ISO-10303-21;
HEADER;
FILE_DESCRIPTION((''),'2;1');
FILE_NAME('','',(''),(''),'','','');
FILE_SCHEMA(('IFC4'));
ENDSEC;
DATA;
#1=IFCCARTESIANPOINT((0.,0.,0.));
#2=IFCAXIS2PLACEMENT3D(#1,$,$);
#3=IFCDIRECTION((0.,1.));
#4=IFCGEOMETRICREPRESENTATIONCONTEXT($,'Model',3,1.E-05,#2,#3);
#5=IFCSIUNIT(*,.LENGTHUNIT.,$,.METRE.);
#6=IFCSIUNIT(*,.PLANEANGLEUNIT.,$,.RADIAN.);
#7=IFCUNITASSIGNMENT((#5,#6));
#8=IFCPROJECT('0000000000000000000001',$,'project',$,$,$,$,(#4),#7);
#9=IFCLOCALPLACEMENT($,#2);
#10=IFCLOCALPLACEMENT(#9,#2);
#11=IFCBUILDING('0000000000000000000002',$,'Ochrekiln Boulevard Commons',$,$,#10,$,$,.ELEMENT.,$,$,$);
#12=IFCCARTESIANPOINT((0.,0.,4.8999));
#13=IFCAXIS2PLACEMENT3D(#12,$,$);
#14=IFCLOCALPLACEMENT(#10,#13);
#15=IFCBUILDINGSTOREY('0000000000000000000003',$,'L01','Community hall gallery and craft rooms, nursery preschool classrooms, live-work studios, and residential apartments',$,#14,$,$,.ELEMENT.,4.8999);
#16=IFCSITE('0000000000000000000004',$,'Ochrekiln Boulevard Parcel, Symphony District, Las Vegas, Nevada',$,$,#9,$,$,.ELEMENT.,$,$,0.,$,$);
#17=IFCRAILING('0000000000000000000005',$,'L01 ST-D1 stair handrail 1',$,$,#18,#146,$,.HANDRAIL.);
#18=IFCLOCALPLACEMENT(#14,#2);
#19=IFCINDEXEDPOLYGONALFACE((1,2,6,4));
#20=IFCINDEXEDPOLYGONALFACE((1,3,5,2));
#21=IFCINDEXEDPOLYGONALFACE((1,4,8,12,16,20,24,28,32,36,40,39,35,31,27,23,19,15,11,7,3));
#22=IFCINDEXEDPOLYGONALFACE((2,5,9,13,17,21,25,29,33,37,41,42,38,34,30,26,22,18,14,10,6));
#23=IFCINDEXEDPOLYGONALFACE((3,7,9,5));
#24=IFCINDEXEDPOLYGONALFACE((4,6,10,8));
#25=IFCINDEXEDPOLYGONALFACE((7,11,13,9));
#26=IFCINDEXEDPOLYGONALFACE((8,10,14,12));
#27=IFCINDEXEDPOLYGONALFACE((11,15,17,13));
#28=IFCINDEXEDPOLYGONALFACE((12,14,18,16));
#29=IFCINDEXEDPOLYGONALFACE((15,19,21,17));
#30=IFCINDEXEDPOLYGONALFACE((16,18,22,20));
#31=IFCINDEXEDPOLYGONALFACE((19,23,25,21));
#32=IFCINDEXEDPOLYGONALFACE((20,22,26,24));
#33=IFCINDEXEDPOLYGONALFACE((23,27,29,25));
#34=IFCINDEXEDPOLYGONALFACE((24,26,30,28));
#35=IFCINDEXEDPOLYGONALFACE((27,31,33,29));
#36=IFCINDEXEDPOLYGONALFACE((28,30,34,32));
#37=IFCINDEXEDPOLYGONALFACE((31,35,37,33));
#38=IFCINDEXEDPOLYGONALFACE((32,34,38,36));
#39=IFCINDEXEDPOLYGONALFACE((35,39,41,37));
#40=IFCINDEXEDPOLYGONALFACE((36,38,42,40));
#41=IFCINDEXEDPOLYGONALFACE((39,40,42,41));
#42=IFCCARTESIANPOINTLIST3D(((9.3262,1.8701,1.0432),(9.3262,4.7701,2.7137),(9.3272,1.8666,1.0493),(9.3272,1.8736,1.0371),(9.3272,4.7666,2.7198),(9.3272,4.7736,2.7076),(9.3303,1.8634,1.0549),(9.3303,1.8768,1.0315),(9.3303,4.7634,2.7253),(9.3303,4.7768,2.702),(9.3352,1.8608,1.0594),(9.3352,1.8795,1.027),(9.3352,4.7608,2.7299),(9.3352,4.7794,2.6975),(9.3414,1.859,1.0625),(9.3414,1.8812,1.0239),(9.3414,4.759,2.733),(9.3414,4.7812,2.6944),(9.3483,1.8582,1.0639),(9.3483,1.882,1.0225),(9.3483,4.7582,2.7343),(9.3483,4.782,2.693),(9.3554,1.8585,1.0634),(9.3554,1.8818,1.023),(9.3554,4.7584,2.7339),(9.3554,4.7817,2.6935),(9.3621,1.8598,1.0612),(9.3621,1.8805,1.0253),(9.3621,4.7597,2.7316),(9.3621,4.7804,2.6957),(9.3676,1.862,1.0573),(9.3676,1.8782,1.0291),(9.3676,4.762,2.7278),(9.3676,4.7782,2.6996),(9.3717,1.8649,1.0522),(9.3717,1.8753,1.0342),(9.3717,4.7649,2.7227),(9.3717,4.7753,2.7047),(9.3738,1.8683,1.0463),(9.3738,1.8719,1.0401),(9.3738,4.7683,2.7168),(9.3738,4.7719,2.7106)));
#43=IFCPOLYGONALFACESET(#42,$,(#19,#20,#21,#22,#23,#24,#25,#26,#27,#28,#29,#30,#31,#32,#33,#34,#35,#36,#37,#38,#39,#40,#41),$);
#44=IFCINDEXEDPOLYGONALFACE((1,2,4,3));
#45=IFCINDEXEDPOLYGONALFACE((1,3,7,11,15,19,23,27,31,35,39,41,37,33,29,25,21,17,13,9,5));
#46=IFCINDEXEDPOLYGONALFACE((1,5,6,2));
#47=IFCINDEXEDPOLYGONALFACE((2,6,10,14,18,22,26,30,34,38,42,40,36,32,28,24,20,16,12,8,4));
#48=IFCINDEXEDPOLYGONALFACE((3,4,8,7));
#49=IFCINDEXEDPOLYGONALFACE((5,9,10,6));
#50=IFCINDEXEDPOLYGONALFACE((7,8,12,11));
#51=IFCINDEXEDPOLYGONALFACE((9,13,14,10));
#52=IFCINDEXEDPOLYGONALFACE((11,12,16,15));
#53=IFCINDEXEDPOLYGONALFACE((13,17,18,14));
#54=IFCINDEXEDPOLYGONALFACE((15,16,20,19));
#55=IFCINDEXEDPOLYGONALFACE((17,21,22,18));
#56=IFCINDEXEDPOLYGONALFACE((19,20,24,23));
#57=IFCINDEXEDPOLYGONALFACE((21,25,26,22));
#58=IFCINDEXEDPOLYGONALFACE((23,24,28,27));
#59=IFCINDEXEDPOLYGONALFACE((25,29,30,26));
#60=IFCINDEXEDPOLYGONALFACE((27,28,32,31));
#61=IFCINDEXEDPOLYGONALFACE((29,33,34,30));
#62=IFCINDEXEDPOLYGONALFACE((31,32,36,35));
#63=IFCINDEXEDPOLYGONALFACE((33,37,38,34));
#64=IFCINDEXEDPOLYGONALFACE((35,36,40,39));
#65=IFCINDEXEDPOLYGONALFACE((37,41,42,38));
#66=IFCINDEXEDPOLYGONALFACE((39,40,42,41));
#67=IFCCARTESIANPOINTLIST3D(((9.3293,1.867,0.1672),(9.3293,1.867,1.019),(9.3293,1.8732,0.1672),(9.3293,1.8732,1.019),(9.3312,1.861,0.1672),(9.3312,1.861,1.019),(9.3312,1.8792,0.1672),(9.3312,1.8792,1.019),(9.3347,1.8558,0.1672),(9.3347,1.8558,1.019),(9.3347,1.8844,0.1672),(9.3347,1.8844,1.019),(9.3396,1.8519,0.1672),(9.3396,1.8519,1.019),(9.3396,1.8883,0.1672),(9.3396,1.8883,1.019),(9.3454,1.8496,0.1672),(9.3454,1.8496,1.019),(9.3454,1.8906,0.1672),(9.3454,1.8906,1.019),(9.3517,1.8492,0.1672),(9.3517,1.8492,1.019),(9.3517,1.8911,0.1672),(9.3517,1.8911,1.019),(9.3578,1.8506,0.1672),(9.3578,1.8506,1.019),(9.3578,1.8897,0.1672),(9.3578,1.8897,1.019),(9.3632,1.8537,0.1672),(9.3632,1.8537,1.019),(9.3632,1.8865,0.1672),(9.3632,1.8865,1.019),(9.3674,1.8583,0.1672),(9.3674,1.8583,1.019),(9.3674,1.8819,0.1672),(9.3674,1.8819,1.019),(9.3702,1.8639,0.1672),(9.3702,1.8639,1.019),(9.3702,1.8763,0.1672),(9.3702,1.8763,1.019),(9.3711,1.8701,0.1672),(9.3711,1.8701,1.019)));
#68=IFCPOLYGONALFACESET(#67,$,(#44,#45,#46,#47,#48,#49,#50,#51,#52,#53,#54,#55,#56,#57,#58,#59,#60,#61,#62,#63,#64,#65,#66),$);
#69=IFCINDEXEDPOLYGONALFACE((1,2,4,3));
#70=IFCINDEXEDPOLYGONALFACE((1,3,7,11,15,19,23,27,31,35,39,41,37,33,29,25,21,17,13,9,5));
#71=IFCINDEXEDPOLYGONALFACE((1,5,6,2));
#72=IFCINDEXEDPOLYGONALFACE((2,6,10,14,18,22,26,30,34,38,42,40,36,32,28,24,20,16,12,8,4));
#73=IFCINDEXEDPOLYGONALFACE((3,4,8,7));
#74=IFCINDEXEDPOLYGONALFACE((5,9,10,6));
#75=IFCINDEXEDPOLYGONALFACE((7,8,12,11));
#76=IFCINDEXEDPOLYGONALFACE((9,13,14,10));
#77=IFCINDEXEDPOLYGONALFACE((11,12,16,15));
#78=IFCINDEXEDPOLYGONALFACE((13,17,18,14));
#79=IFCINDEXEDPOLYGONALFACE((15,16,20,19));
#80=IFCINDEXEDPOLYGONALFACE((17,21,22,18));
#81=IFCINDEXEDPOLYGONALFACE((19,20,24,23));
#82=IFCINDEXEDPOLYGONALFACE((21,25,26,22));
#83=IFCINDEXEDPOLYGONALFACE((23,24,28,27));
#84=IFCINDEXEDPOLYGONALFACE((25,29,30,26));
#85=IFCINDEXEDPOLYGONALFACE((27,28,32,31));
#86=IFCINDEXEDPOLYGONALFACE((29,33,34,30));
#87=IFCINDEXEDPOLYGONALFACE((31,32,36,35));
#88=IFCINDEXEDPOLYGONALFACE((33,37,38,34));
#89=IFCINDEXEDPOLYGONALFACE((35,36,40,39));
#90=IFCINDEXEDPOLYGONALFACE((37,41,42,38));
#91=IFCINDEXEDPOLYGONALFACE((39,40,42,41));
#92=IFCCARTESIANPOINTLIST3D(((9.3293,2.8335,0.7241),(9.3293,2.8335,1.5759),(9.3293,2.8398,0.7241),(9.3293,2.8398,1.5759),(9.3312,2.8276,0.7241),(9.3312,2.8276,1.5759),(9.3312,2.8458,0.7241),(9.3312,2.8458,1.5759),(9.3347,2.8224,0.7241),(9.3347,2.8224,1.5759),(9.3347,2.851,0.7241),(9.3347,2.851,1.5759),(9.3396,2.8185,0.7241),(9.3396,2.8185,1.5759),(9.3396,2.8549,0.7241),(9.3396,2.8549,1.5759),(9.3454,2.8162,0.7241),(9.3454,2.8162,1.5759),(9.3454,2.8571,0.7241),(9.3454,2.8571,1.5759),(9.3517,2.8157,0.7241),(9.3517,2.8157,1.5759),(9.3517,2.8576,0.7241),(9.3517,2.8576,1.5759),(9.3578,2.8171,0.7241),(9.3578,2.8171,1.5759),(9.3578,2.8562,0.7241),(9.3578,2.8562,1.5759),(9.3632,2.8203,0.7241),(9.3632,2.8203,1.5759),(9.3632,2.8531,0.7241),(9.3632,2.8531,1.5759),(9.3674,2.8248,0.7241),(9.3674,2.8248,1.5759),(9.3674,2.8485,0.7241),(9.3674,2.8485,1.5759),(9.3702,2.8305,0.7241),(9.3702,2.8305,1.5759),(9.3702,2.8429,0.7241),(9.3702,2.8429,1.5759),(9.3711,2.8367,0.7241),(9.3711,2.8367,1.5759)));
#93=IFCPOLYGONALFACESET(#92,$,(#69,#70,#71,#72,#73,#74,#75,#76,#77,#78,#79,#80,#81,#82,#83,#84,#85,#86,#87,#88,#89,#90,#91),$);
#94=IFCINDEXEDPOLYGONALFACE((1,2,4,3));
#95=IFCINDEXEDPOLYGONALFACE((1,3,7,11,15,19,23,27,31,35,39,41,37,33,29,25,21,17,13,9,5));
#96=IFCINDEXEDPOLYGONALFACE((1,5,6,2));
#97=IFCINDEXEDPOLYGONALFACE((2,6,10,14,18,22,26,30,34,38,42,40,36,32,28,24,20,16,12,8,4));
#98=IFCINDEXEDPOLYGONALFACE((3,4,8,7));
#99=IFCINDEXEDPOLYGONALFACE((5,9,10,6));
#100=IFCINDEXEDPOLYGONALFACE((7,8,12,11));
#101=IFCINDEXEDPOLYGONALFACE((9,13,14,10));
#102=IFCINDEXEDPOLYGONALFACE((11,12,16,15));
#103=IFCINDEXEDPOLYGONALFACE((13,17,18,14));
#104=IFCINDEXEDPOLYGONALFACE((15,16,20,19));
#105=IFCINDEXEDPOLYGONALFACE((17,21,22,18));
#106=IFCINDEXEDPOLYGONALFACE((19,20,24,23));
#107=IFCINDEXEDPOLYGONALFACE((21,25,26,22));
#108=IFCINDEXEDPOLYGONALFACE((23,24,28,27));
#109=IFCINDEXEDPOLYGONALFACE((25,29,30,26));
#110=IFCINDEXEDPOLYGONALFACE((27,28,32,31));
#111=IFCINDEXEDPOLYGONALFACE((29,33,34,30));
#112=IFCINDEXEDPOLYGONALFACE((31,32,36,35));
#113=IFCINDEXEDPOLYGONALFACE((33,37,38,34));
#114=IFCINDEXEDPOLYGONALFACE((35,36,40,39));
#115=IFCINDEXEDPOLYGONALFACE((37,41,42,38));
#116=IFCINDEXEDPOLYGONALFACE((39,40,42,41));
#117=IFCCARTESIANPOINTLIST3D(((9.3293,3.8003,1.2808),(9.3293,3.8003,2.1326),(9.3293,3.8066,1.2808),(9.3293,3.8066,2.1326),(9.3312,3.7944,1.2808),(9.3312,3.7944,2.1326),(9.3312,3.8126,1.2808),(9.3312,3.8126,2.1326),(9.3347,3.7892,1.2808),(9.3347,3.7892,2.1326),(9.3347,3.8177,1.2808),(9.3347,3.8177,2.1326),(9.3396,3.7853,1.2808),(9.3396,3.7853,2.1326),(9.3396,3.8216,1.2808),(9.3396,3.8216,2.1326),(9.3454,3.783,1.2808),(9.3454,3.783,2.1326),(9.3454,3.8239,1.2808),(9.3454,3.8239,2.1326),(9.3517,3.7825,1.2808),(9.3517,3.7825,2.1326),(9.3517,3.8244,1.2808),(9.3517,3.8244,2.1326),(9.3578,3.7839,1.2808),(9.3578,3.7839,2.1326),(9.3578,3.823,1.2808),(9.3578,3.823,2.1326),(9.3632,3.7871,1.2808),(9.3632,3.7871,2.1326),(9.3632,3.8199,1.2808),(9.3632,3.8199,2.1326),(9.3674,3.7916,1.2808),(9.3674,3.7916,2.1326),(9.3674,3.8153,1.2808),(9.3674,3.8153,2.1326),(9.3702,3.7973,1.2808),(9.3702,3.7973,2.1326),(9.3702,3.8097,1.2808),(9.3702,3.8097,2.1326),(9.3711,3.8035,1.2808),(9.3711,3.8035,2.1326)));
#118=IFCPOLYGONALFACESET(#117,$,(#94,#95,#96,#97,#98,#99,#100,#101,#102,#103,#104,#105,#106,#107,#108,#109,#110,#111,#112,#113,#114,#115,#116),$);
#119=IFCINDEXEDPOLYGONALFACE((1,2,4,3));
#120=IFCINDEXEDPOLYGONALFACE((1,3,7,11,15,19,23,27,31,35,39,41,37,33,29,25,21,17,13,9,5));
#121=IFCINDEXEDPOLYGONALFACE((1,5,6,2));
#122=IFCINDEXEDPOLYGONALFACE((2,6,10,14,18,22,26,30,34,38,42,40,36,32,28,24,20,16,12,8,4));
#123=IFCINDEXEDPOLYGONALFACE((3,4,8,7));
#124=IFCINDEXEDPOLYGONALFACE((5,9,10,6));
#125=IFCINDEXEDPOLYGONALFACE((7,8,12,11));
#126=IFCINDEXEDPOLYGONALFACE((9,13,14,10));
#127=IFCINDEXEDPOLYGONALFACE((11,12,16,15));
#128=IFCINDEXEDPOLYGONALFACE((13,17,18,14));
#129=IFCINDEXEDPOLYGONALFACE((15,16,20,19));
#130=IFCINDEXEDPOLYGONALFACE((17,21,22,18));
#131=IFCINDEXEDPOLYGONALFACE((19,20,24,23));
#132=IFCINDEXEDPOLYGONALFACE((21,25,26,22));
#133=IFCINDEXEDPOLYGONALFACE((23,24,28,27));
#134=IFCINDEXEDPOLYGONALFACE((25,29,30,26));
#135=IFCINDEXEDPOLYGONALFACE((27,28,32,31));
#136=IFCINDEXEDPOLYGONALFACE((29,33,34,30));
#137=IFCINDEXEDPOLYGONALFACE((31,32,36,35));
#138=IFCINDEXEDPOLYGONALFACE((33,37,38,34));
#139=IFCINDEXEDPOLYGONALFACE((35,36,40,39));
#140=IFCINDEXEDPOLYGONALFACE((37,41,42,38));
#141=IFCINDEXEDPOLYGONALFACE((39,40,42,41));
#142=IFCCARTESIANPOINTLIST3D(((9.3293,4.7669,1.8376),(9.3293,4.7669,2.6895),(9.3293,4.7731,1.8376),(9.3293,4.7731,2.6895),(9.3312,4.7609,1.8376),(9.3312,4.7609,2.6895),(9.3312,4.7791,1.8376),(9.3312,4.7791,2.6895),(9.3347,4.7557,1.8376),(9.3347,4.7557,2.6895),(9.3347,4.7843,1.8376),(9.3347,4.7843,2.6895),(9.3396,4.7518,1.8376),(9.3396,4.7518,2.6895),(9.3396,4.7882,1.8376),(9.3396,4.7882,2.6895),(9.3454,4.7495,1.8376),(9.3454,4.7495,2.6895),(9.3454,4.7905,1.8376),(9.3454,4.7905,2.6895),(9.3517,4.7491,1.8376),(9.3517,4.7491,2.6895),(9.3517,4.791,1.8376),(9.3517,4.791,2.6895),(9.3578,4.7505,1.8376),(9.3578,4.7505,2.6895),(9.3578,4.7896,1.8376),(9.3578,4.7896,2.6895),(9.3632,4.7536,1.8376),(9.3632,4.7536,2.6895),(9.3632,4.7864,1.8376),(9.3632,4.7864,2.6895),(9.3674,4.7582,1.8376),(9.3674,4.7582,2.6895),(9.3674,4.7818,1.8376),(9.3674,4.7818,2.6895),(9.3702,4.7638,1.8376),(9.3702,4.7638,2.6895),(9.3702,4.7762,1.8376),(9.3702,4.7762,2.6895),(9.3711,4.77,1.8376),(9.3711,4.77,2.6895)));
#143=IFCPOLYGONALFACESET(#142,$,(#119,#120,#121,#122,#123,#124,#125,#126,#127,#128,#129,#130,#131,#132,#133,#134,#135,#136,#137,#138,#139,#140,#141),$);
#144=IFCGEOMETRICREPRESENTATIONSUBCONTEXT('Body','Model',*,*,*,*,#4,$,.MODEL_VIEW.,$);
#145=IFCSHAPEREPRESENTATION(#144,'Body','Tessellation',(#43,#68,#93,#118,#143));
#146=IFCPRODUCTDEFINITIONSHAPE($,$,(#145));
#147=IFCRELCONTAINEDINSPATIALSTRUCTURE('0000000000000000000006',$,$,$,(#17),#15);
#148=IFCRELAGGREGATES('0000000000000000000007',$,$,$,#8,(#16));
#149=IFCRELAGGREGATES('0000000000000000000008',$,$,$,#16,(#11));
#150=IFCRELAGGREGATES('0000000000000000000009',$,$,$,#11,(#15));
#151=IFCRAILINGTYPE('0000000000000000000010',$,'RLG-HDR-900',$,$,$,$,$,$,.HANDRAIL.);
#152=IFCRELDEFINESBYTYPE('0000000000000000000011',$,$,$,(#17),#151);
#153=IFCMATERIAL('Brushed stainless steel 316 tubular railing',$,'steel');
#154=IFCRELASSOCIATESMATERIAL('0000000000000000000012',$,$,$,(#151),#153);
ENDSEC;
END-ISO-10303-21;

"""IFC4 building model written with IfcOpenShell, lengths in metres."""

from ifc_helpers import new_model, si_unit, direction, frame, origin, origin_2d, place, context, subcontext, project, spatial, circle, extrude, material, type_object, element, save


model = new_model("IFC4")

# Units and contexts
model_context = context("Model", 3, precision=1e-05, world=origin(), true_north=direction((0.0, 1.0)))
body_context = subcontext(model_context, "Body", "Model", "MODEL_VIEW")
ifc_project = project(units=[si_unit("LENGTHUNIT", "METRE"), si_unit("PLANEANGLEUNIT", "RADIAN")], contexts=[model_context])

# Site, building, storey
site_placement = place(None, origin())
site = spatial("IfcSite", under=ifc_project, at=site_placement, Name="Ochrekiln Boulevard Parcel, Symphony District, Las Vegas, Nevada", CompositionType="ELEMENT", RefElevation=0.0)
building_placement = place(site_placement, origin())
building = spatial("IfcBuilding", under=site, at=building_placement, Name="Ochrekiln Boulevard Commons", CompositionType="ELEMENT")
storey_placement = place(building_placement, frame((0.0, 0.0, 4.8999)))
storey = spatial("IfcBuildingStorey", under=building, at=storey_placement, Name="L01", Description="Community hall gallery and craft rooms, nursery preschool classrooms, live-work studios, and residential apartments", CompositionType="ELEMENT", Elevation=4.8999)

# Railing
ifc_material_1 = material(Name="Brushed stainless steel 316 tubular railing", Category="steel")
railing_type_1 = type_object("IfcRailingType", Name="RLG-HDR-900", PredefinedType="HANDRAIL", material=ifc_material_1)
railing_1_placement = place(storey_placement, frame((9.3501, 1.8701, 0.1672)))
element("IfcRailing", 1, at=railing_1_placement, inside=storey, type_object=railing_type_1, Name="L01 ST-D1 stair handrail 1", PredefinedType="HANDRAIL", context=body_context, shape_type="SweptSolid", body=[
    extrude(circle(Radius=0.0239, at=origin_2d()), frame((0.0, 0.0, 0.876), z_axis=(0.0, 0.866523, 0.499137), x_axis=(-1.0, 0.0, 0.0)), (0.0, 0.0, 1.0), 3.3467),
    extrude(circle(Radius=0.021, at=origin_2d()), origin(), (0.0, 0.0, 1.0), 0.8518),
    extrude(circle(Radius=0.021, at=origin_2d()), frame((0.0, 0.9666, 0.5569)), (0.0, 0.0, 1.0), 0.8518),
    extrude(circle(Radius=0.021, at=origin_2d()), frame((0.0, 1.9333, 1.1135)), (0.0, 0.0, 1.0), 0.8518),
    extrude(circle(Radius=0.021, at=origin_2d()), frame((0.0, 2.8999, 1.6704)), (0.0, 0.0, 1.0), 0.8518),
])

save(model, "model.ifc")
